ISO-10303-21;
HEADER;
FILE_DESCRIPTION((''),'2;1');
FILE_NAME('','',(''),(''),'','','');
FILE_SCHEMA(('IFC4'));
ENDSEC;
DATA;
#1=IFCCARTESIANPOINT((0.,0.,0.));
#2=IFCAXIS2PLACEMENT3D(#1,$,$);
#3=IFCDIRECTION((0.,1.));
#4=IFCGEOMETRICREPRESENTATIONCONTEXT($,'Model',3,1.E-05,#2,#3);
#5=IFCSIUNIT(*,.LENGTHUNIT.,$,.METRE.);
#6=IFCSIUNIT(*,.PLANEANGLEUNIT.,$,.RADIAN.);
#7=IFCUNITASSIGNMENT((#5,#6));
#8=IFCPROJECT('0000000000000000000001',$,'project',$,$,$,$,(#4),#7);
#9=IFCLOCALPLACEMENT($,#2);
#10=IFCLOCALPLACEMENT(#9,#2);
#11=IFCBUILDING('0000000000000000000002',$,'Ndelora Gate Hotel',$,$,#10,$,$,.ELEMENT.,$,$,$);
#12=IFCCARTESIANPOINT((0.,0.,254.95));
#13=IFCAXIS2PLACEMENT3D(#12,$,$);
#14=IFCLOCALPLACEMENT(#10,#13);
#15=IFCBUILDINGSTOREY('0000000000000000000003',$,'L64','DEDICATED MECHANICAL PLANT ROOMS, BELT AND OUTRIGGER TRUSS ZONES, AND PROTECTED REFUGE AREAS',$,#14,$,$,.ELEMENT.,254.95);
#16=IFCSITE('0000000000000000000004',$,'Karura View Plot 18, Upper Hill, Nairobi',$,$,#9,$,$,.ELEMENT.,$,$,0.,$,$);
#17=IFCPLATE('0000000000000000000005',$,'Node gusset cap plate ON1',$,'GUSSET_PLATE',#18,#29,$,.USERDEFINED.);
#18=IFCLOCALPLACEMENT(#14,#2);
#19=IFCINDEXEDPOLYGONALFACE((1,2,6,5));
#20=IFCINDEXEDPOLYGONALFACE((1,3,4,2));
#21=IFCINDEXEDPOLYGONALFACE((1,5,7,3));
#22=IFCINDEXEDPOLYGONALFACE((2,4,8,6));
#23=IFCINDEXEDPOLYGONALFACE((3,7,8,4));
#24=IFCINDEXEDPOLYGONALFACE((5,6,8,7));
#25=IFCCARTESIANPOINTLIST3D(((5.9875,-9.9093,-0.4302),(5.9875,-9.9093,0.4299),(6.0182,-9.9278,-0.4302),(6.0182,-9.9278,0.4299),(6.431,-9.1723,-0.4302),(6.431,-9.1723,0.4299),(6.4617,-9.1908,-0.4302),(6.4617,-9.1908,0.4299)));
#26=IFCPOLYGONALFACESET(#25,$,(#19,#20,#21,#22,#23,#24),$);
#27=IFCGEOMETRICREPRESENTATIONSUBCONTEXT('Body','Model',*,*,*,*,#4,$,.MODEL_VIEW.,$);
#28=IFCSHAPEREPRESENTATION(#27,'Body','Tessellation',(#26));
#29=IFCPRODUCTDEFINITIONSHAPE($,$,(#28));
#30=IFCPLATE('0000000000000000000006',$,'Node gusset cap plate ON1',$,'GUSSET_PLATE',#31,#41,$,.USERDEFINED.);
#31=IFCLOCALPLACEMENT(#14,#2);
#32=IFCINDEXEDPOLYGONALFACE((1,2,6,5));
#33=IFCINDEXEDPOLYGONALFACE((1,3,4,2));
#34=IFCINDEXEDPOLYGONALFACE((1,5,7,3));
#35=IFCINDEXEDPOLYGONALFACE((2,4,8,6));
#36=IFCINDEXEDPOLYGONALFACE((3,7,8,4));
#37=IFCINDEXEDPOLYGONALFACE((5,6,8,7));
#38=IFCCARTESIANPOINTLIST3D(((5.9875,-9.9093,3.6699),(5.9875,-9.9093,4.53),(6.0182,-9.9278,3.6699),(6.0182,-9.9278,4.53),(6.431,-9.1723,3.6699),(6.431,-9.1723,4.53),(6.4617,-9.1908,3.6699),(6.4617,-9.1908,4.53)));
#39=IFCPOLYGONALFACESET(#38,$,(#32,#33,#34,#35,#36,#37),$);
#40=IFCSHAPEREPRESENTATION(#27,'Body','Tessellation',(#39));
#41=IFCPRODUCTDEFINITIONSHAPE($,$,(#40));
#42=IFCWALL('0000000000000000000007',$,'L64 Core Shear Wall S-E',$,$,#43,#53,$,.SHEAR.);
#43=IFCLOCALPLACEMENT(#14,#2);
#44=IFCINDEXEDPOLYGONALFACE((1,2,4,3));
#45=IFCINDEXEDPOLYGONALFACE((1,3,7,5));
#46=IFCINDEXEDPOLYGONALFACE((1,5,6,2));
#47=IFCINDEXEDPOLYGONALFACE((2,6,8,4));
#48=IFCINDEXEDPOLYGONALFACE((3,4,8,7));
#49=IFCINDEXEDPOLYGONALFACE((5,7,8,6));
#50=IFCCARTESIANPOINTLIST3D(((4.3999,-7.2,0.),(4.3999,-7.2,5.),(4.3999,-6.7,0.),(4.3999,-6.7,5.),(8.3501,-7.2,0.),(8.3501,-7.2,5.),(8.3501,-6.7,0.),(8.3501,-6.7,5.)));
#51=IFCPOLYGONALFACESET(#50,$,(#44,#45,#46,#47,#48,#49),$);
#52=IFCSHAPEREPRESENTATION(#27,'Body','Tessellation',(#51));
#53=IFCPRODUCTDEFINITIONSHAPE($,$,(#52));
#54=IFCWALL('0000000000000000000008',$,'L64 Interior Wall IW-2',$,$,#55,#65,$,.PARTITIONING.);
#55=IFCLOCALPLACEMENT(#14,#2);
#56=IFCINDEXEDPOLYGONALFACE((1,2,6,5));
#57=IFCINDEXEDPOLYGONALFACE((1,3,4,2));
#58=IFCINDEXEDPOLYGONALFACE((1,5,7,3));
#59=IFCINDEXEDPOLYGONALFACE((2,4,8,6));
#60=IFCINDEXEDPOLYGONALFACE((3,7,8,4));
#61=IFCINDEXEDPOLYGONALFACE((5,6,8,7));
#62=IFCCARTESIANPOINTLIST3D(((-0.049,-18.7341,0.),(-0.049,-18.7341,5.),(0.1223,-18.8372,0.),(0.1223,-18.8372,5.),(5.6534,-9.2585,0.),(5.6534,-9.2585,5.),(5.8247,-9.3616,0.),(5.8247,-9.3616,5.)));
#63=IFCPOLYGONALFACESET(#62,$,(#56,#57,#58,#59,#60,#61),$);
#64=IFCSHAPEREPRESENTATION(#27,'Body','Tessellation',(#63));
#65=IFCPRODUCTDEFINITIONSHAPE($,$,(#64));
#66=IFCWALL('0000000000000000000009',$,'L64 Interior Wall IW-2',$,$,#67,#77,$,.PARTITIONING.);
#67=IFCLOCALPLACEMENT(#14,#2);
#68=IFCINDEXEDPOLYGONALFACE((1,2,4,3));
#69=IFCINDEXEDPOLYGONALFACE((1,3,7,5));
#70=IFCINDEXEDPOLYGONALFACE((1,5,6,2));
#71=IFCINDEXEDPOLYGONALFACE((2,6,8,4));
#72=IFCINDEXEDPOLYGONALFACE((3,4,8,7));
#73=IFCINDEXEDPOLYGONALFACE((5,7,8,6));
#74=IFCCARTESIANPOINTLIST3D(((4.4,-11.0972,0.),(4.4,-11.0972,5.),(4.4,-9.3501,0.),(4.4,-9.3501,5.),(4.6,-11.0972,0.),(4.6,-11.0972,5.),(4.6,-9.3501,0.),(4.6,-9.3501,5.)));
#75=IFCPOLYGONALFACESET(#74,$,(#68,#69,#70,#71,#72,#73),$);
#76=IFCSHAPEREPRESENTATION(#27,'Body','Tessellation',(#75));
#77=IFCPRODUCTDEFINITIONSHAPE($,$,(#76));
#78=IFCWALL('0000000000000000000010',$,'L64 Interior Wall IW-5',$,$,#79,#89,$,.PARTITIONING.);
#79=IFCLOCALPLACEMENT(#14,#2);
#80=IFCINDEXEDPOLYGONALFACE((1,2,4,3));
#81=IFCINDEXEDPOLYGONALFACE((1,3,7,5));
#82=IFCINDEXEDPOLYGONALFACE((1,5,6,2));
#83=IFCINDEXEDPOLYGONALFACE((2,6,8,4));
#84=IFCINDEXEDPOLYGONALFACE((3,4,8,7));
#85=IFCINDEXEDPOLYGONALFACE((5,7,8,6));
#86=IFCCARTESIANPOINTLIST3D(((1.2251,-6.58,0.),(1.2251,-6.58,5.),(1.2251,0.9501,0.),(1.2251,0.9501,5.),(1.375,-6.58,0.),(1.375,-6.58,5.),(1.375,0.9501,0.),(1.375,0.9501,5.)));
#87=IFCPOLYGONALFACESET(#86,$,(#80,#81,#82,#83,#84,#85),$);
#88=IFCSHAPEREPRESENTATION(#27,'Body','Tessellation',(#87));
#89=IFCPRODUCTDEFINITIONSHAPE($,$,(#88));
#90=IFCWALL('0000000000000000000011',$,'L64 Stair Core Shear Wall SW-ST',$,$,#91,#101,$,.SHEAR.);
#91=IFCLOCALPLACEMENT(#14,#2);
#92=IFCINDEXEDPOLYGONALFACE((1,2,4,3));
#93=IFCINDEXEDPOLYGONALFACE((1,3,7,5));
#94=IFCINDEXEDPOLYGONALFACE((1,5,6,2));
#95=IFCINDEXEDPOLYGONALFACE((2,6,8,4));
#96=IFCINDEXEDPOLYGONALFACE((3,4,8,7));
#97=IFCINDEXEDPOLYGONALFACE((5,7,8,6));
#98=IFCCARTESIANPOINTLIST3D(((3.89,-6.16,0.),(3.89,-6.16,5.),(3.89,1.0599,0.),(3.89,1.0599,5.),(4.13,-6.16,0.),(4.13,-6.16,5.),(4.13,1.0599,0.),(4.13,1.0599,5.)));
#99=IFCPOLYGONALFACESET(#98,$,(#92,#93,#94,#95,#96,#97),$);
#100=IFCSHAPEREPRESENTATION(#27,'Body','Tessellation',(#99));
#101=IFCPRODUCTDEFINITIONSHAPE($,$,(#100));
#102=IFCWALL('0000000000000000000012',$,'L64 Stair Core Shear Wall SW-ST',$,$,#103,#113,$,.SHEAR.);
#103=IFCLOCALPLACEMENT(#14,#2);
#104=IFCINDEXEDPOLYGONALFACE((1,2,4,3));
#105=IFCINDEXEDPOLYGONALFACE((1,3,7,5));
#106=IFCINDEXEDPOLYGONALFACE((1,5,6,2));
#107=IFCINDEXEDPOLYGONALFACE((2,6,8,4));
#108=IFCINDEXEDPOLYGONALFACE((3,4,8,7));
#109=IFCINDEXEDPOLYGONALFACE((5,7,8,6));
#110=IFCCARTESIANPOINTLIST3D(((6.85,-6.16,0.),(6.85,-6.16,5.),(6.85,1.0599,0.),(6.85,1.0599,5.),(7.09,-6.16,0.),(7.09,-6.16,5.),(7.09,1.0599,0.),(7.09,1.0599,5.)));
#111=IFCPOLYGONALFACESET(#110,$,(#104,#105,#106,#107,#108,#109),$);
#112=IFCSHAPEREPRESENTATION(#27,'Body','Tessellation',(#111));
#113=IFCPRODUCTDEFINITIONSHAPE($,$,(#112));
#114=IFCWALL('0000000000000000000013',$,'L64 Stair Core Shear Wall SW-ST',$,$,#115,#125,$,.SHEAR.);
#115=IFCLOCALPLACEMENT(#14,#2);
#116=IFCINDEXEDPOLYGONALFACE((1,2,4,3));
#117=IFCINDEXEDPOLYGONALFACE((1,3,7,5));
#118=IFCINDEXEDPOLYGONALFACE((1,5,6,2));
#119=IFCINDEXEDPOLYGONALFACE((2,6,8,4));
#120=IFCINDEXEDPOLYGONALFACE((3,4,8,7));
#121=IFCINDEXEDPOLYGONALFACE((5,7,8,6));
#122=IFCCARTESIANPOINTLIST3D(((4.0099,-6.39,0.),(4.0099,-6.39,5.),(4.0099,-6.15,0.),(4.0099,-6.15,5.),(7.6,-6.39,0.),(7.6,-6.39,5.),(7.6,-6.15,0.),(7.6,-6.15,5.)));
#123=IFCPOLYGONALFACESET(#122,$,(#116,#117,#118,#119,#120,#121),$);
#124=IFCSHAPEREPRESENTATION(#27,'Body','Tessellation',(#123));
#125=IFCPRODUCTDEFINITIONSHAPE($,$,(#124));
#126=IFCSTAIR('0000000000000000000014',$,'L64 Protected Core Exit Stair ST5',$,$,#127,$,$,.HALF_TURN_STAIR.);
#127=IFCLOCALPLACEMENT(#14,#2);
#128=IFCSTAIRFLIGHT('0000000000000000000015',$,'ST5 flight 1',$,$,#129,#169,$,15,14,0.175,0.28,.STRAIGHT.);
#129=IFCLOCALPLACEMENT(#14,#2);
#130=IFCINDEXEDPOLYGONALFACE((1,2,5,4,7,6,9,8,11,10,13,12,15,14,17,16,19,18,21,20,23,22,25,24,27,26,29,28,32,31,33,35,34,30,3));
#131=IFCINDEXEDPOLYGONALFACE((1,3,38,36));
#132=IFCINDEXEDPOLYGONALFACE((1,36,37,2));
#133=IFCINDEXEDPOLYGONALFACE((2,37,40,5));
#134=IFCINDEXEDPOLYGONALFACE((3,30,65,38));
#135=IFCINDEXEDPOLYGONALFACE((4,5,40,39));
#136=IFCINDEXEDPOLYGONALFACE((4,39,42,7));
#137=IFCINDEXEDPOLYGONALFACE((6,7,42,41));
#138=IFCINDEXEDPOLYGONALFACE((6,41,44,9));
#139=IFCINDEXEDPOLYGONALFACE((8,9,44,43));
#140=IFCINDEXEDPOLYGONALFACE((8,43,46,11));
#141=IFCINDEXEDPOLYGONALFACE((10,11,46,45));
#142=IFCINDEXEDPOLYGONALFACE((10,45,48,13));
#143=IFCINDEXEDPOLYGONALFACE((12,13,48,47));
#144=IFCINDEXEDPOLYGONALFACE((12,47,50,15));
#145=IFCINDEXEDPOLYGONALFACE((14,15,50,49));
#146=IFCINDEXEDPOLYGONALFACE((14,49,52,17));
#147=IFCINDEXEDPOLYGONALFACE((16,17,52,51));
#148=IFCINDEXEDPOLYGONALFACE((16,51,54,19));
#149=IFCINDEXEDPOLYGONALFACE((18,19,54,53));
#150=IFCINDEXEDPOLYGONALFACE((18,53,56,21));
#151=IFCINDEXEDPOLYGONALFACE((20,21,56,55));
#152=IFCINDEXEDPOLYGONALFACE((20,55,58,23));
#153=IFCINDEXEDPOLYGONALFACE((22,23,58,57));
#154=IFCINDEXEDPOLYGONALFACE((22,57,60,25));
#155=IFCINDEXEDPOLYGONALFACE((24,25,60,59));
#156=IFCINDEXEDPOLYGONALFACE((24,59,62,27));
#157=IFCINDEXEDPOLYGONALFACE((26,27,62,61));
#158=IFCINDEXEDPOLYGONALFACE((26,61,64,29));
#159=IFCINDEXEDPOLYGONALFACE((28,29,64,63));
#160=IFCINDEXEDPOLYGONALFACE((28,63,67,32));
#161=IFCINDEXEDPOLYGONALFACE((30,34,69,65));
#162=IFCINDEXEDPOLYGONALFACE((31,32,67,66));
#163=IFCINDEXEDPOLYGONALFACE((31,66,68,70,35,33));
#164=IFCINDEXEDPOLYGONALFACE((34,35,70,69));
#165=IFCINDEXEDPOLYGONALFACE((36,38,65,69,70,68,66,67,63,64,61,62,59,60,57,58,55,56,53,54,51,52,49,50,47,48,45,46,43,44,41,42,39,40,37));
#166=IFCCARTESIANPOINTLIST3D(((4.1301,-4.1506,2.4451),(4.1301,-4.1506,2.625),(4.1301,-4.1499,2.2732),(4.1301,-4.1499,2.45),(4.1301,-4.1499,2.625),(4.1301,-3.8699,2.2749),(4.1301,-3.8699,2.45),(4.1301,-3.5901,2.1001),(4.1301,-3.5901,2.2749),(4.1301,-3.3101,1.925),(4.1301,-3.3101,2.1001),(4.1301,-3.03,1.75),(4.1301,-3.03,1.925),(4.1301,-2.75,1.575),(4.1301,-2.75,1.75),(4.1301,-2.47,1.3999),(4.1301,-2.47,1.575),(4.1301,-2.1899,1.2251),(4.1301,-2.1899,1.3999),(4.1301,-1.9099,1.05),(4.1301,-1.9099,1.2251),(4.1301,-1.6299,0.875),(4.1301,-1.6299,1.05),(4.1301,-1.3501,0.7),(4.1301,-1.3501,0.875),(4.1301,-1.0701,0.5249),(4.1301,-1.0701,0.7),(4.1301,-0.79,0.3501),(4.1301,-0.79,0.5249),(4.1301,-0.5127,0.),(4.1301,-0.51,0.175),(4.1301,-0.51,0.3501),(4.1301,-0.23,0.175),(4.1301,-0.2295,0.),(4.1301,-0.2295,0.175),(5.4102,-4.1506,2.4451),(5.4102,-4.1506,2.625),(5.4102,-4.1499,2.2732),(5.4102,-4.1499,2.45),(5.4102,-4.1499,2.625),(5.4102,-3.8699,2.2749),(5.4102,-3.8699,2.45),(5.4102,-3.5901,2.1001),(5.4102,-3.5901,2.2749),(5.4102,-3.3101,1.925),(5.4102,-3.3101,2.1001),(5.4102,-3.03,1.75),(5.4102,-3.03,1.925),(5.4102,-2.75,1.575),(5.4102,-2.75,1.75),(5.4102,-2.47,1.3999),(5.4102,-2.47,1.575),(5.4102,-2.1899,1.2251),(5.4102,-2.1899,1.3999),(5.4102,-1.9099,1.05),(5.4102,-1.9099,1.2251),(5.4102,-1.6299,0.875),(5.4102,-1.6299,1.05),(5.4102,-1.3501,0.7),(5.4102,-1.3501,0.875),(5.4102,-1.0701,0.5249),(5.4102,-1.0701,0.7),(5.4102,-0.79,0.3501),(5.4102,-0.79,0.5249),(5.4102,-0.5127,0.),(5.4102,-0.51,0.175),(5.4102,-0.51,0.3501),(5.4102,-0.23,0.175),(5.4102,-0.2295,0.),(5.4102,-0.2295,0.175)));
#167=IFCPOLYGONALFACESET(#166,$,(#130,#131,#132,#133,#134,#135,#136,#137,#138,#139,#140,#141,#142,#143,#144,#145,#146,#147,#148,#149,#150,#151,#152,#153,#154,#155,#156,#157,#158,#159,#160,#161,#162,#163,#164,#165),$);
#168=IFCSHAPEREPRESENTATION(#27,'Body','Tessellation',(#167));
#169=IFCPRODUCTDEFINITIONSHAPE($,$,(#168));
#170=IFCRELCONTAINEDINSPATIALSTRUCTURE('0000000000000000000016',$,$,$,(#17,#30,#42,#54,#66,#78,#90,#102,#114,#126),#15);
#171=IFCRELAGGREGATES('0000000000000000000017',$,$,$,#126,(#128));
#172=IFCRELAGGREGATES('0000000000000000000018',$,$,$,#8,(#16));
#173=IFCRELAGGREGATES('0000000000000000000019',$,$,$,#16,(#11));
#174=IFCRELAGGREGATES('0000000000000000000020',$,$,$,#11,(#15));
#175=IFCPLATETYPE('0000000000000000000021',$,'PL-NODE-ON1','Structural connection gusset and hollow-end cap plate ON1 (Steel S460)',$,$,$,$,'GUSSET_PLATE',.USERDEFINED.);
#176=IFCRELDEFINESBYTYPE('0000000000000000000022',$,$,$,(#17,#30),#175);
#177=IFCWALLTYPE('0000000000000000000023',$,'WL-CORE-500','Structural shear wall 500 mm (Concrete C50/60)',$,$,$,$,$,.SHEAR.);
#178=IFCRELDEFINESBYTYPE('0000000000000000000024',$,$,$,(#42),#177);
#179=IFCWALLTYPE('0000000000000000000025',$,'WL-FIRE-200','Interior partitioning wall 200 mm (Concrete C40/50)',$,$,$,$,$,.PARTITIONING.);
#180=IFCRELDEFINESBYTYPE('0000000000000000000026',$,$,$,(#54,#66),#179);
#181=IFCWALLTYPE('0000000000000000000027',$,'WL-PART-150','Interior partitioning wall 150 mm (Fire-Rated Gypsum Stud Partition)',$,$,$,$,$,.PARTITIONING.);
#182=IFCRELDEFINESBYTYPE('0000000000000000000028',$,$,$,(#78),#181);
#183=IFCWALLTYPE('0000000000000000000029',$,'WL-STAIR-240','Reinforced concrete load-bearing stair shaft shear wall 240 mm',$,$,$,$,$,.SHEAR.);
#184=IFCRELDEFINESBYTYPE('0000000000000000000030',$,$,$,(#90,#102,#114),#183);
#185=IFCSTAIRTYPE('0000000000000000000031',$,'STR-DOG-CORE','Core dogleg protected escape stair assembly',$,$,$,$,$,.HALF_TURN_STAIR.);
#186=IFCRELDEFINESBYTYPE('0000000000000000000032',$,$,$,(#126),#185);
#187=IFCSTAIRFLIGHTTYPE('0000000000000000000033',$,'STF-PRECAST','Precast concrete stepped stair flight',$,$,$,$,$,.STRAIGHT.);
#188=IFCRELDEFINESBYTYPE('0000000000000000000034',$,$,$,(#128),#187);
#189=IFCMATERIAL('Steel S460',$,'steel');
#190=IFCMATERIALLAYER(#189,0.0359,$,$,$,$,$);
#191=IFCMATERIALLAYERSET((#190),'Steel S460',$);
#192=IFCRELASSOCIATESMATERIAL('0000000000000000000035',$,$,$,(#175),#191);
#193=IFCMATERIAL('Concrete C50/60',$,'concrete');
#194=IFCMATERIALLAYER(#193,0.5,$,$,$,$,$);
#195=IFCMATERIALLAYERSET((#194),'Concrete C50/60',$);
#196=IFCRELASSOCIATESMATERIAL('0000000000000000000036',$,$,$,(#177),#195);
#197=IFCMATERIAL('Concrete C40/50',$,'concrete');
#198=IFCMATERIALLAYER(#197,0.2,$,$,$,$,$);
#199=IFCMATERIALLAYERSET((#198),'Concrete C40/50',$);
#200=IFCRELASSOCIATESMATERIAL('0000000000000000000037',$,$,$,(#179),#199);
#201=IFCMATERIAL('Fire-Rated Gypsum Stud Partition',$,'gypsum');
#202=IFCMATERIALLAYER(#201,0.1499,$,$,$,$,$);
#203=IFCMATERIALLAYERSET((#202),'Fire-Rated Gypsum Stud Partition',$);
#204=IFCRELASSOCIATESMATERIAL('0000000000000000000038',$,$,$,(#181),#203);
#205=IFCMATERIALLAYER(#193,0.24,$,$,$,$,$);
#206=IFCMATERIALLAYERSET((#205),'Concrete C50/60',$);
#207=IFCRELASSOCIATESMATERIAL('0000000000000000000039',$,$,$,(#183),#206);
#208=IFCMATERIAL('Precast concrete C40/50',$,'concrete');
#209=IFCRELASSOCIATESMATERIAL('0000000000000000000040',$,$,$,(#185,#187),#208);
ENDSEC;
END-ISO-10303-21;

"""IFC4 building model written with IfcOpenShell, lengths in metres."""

from ifc_helpers import new_model, si_unit, direction, frame, frame_2d, origin, origin_2d, place, context, subcontext, project, spatial, polyline, rectangle, outline, extrude, material, layer, layer_set, type_object, element, aggregate, save


model = new_model("IFC4")

# Units and contexts
model_context = context("Model", 3, precision=1e-05, world=origin(), true_north=direction((0.0, 1.0)))
body_context = subcontext(model_context, "Body", "Model", "MODEL_VIEW")
ifc_project = project(units=[si_unit("LENGTHUNIT", "METRE"), si_unit("PLANEANGLEUNIT", "RADIAN")], contexts=[model_context])

# Site, building, storey
site_placement = place(None, origin())
site = spatial("IfcSite", under=ifc_project, at=site_placement, Name="Karura View Plot 18, Upper Hill, Nairobi", CompositionType="ELEMENT", RefElevation=0.0)
building_placement = place(site_placement, origin())
building = spatial("IfcBuilding", under=site, at=building_placement, Name="Ndelora Gate Hotel", CompositionType="ELEMENT")
storey_placement = place(building_placement, frame((0.0, 0.0, 254.95)))
storey = spatial("IfcBuildingStorey", under=building, at=storey_placement, Name="L64", Description="DEDICATED MECHANICAL PLANT ROOMS, BELT AND OUTRIGGER TRUSS ZONES, AND PROTECTED REFUGE AREAS", CompositionType="ELEMENT", Elevation=254.95)

# Plates
ifc_material_1 = material(Name="Steel S460", Category="steel")
ifc_layer_1 = layer(ifc_material_1, 0.0359)
ifc_layer_set_1 = layer_set([ifc_layer_1], Name="Steel S460")
plate_type = type_object("IfcPlateType", Name="PL-NODE-ON1", Description="Structural connection gusset and hollow-end cap plate ON1 (Steel S460)", ElementType="GUSSET_PLATE", PredefinedType="USERDEFINED", material=ifc_layer_set_1)
for number, where, z_axis, x_axis, name in (
    (1, (6.2246, -9.55, -0.4302), (0.0, 0.0, 1.0), (0.515636, 0.856808, 0.0), "Node gusset cap plate ON1"),
    (2, (6.2246, -9.55, 3.6699), (0.0, 0.0, 1.0), (0.515636, 0.856808, 0.0), "Node gusset cap plate ON1"),
):
    element("IfcPlate", number, at=place(storey_placement, frame(where, z_axis=z_axis, x_axis=x_axis)), inside=storey, type_object=plate_type, Name=name, ObjectType="GUSSET_PLATE", PredefinedType="USERDEFINED", context=body_context, shape_type="SweptSolid", body=[
        extrude(rectangle(XDim=0.8601, YDim=0.0359, at=origin_2d()), origin(), (0.0, 0.0, 1.0), 0.8601),
    ])

# Walls
ifc_material_2 = material(Name="Concrete C50/60", Category="concrete")
ifc_layer_2 = layer(ifc_material_2, 0.5)
ifc_layer_set_2 = layer_set([ifc_layer_2], Name="Concrete C50/60")
wall_type_1 = type_object("IfcWallType", Name="WL-CORE-500", Description="Structural shear wall 500 mm (Concrete C50/60)", PredefinedType="SHEAR", material=ifc_layer_set_2)
wall_1_placement = place(storey_placement, frame((4.3999, -6.95, 0.0), z_axis=(0.0, 0.0, 1.0), x_axis=(1.0, 0.0, 0.0)))
element("IfcWall", 3, at=wall_1_placement, inside=storey, type_object=wall_type_1, Name="L64 Core Shear Wall S-E", PredefinedType="SHEAR", context=body_context, shape_type="SweptSolid", body=[
    extrude(rectangle(XDim=3.9502, YDim=0.5, at=frame_2d((1.9751, 0.0))), origin(), (0.0, 0.0, 1.0), 5.0),
])
ifc_material_3 = material(Name="Concrete C40/50", Category="concrete")
ifc_layer_3 = layer(ifc_material_3, 0.2)
ifc_layer_set_3 = layer_set([ifc_layer_3], Name="Concrete C40/50")
wall_type_2 = type_object("IfcWallType", Name="WL-FIRE-200", Description="Interior partitioning wall 200 mm (Concrete C40/50)", PredefinedType="PARTITIONING", material=ifc_layer_set_3)
wall_2_placement = place(storey_placement, frame((5.739, -9.3101, 0.0), z_axis=(0.0, 0.0, 1.0), x_axis=(-0.515628, -0.856812, 0.0)))
element("IfcWall", 4, at=wall_2_placement, inside=storey, type_object=wall_type_2, Name="L64 Interior Wall IW-2", PredefinedType="PARTITIONING", context=body_context, shape_type="SweptSolid", body=[
    extrude(rectangle(XDim=11.0591, YDim=0.2, at=frame_2d((5.5295, 0.0))), origin(), (0.0, 0.0, 1.0), 5.0),
])
wall_3_placement = place(storey_placement, frame((4.5, -9.3501, 0.0), z_axis=(0.0, 0.0, 1.0), x_axis=(0.0, -1.0, 0.0)))
element("IfcWall", 5, at=wall_3_placement, inside=storey, type_object=wall_type_2, Name="L64 Interior Wall IW-2", PredefinedType="PARTITIONING", context=body_context, shape_type="SweptSolid", body=[
    extrude(rectangle(XDim=1.7471, YDim=0.2, at=frame_2d((0.8735, 0.0))), origin(), (0.0, 0.0, 1.0), 5.0),
])
ifc_material_4 = material(Name="Fire-Rated Gypsum Stud Partition", Category="gypsum")
ifc_layer_4 = layer(ifc_material_4, 0.1499)
ifc_layer_set_4 = layer_set([ifc_layer_4], Name="Fire-Rated Gypsum Stud Partition")
wall_type_3 = type_object("IfcWallType", Name="WL-PART-150", Description="Interior partitioning wall 150 mm (Fire-Rated Gypsum Stud Partition)", PredefinedType="PARTITIONING", material=ifc_layer_set_4)
wall_4_placement = place(storey_placement, frame((1.3, -6.5801, 0.0), z_axis=(0.0, 0.0, 1.0), x_axis=(0.0, 1.0, 0.0)))
element("IfcWall", 6, at=wall_4_placement, inside=storey, type_object=wall_type_3, Name="L64 Interior Wall IW-5", PredefinedType="PARTITIONING", context=body_context, shape_type="SweptSolid", body=[
    extrude(rectangle(XDim=7.53, YDim=0.1499, at=frame_2d((3.7651, 0.0))), origin(), (0.0, 0.0, 1.0), 5.0),
])
ifc_layer_5 = layer(ifc_material_2, 0.24)
ifc_layer_set_5 = layer_set([ifc_layer_5], Name="Concrete C50/60")
wall_type_4 = type_object("IfcWallType", Name="WL-STAIR-240", Description="Reinforced concrete load-bearing stair shaft shear wall 240 mm", PredefinedType="SHEAR", material=ifc_layer_set_5)
for number, where, z_axis, x_axis, name in (
    (7, (4.01, -6.1599, 0.0), (0.0, 0.0, 1.0), (0.0, 1.0, 0.0), "L64 Stair Core Shear Wall SW-ST"),
    (8, (6.97, -6.1599, 0.0), (0.0, 0.0, 1.0), (0.0, 1.0, 0.0), "L64 Stair Core Shear Wall SW-ST"),
):
    element("IfcWall", number, at=place(storey_placement, frame(where, z_axis=z_axis, x_axis=x_axis)), inside=storey, type_object=wall_type_4, Name=name, PredefinedType="SHEAR", context=body_context, shape_type="SweptSolid", body=[
        extrude(rectangle(XDim=7.22, YDim=0.24, at=frame_2d((3.6099, 0.0))), origin(), (0.0, 0.0, 1.0), 5.0),
    ])
wall_5_placement = place(storey_placement, frame((4.01, -6.27, 0.0), z_axis=(0.0, 0.0, 1.0), x_axis=(1.0, 0.0, 0.0)))
element("IfcWall", 9, at=wall_5_placement, inside=storey, type_object=wall_type_4, Name="L64 Stair Core Shear Wall SW-ST", PredefinedType="SHEAR", context=body_context, shape_type="SweptSolid", body=[
    extrude(rectangle(XDim=3.5901, YDim=0.24, at=frame_2d((1.7949, 0.0))), origin(), (0.0, 0.0, 1.0), 5.0),
])

# Stair, stair flight
ifc_material_5 = material(Name="Precast concrete C40/50", Category="concrete")
stair_type = type_object("IfcStairType", Name="STR-DOG-CORE", Description="Core dogleg protected escape stair assembly", PredefinedType="HALF_TURN_STAIR", material=ifc_material_5)
stair_placement = place(storey_placement, origin())
stair = element("IfcStair", 10, at=stair_placement, inside=storey, type_object=stair_type, Name="L64 Protected Core Exit Stair ST5", PredefinedType="HALF_TURN_STAIR")
stair_flight_type = type_object("IfcStairFlightType", Name="STF-PRECAST", Description="Precast concrete stepped stair flight", PredefinedType="STRAIGHT", material=ifc_material_5)
stair_flight_1_placement = place(storey_placement, frame((4.77, -0.23, 0.0), z_axis=(0.0, 0.0, 1.0), x_axis=(0.0, -1.0, 0.0)))
stair_flight_1 = element("IfcStairFlight", 11, at=stair_flight_1_placement, type_object=stair_flight_type, Name="ST5 flight 1", NumberOfRisers=15, NumberOfTreads=14, PredefinedType="STRAIGHT", RiserHeight=0.175, TreadLength=0.28, context=body_context, shape_type="SweptSolid", body=[
    extrude(outline(polyline([(-0.0005, 0.0), (-0.0005, 0.175), (0.0, 0.175), (0.28, 0.175), (0.28, 0.3501), (0.5601, 0.3501), (0.5601, 0.5249), (0.8401, 0.5249), (0.8401, 0.7), (1.1201, 0.7), (1.1201, 0.875), (1.3999, 0.875), (1.3999, 1.05), (1.6799, 1.05), (1.6799, 1.2251), (1.96, 1.2251), (1.96, 1.3999), (2.24, 1.3999), (2.24, 1.575), (2.52, 1.575), (2.52, 1.75), (2.8, 1.75), (2.8, 1.925), (3.0801, 1.925), (3.0801, 2.1001), (3.3601, 2.1001), (3.3601, 2.2749), (3.6399, 2.2749), (3.6399, 2.45), (3.9199, 2.45), (3.9199, 2.625), (3.9207, 2.625), (3.9207, 2.4451), (3.9199, 2.2732), (0.2827, 0.0), (-0.0005, 0.0)])), frame((0.0, 0.6401, 0.0), z_axis=(0.0, -1.0, 0.0), x_axis=(1.0, 0.0, 0.0)), (0.0, 0.0, 1.0), 1.28),
])
aggregate(stair, [stair_flight_1])

save(model, "model.ifc")
